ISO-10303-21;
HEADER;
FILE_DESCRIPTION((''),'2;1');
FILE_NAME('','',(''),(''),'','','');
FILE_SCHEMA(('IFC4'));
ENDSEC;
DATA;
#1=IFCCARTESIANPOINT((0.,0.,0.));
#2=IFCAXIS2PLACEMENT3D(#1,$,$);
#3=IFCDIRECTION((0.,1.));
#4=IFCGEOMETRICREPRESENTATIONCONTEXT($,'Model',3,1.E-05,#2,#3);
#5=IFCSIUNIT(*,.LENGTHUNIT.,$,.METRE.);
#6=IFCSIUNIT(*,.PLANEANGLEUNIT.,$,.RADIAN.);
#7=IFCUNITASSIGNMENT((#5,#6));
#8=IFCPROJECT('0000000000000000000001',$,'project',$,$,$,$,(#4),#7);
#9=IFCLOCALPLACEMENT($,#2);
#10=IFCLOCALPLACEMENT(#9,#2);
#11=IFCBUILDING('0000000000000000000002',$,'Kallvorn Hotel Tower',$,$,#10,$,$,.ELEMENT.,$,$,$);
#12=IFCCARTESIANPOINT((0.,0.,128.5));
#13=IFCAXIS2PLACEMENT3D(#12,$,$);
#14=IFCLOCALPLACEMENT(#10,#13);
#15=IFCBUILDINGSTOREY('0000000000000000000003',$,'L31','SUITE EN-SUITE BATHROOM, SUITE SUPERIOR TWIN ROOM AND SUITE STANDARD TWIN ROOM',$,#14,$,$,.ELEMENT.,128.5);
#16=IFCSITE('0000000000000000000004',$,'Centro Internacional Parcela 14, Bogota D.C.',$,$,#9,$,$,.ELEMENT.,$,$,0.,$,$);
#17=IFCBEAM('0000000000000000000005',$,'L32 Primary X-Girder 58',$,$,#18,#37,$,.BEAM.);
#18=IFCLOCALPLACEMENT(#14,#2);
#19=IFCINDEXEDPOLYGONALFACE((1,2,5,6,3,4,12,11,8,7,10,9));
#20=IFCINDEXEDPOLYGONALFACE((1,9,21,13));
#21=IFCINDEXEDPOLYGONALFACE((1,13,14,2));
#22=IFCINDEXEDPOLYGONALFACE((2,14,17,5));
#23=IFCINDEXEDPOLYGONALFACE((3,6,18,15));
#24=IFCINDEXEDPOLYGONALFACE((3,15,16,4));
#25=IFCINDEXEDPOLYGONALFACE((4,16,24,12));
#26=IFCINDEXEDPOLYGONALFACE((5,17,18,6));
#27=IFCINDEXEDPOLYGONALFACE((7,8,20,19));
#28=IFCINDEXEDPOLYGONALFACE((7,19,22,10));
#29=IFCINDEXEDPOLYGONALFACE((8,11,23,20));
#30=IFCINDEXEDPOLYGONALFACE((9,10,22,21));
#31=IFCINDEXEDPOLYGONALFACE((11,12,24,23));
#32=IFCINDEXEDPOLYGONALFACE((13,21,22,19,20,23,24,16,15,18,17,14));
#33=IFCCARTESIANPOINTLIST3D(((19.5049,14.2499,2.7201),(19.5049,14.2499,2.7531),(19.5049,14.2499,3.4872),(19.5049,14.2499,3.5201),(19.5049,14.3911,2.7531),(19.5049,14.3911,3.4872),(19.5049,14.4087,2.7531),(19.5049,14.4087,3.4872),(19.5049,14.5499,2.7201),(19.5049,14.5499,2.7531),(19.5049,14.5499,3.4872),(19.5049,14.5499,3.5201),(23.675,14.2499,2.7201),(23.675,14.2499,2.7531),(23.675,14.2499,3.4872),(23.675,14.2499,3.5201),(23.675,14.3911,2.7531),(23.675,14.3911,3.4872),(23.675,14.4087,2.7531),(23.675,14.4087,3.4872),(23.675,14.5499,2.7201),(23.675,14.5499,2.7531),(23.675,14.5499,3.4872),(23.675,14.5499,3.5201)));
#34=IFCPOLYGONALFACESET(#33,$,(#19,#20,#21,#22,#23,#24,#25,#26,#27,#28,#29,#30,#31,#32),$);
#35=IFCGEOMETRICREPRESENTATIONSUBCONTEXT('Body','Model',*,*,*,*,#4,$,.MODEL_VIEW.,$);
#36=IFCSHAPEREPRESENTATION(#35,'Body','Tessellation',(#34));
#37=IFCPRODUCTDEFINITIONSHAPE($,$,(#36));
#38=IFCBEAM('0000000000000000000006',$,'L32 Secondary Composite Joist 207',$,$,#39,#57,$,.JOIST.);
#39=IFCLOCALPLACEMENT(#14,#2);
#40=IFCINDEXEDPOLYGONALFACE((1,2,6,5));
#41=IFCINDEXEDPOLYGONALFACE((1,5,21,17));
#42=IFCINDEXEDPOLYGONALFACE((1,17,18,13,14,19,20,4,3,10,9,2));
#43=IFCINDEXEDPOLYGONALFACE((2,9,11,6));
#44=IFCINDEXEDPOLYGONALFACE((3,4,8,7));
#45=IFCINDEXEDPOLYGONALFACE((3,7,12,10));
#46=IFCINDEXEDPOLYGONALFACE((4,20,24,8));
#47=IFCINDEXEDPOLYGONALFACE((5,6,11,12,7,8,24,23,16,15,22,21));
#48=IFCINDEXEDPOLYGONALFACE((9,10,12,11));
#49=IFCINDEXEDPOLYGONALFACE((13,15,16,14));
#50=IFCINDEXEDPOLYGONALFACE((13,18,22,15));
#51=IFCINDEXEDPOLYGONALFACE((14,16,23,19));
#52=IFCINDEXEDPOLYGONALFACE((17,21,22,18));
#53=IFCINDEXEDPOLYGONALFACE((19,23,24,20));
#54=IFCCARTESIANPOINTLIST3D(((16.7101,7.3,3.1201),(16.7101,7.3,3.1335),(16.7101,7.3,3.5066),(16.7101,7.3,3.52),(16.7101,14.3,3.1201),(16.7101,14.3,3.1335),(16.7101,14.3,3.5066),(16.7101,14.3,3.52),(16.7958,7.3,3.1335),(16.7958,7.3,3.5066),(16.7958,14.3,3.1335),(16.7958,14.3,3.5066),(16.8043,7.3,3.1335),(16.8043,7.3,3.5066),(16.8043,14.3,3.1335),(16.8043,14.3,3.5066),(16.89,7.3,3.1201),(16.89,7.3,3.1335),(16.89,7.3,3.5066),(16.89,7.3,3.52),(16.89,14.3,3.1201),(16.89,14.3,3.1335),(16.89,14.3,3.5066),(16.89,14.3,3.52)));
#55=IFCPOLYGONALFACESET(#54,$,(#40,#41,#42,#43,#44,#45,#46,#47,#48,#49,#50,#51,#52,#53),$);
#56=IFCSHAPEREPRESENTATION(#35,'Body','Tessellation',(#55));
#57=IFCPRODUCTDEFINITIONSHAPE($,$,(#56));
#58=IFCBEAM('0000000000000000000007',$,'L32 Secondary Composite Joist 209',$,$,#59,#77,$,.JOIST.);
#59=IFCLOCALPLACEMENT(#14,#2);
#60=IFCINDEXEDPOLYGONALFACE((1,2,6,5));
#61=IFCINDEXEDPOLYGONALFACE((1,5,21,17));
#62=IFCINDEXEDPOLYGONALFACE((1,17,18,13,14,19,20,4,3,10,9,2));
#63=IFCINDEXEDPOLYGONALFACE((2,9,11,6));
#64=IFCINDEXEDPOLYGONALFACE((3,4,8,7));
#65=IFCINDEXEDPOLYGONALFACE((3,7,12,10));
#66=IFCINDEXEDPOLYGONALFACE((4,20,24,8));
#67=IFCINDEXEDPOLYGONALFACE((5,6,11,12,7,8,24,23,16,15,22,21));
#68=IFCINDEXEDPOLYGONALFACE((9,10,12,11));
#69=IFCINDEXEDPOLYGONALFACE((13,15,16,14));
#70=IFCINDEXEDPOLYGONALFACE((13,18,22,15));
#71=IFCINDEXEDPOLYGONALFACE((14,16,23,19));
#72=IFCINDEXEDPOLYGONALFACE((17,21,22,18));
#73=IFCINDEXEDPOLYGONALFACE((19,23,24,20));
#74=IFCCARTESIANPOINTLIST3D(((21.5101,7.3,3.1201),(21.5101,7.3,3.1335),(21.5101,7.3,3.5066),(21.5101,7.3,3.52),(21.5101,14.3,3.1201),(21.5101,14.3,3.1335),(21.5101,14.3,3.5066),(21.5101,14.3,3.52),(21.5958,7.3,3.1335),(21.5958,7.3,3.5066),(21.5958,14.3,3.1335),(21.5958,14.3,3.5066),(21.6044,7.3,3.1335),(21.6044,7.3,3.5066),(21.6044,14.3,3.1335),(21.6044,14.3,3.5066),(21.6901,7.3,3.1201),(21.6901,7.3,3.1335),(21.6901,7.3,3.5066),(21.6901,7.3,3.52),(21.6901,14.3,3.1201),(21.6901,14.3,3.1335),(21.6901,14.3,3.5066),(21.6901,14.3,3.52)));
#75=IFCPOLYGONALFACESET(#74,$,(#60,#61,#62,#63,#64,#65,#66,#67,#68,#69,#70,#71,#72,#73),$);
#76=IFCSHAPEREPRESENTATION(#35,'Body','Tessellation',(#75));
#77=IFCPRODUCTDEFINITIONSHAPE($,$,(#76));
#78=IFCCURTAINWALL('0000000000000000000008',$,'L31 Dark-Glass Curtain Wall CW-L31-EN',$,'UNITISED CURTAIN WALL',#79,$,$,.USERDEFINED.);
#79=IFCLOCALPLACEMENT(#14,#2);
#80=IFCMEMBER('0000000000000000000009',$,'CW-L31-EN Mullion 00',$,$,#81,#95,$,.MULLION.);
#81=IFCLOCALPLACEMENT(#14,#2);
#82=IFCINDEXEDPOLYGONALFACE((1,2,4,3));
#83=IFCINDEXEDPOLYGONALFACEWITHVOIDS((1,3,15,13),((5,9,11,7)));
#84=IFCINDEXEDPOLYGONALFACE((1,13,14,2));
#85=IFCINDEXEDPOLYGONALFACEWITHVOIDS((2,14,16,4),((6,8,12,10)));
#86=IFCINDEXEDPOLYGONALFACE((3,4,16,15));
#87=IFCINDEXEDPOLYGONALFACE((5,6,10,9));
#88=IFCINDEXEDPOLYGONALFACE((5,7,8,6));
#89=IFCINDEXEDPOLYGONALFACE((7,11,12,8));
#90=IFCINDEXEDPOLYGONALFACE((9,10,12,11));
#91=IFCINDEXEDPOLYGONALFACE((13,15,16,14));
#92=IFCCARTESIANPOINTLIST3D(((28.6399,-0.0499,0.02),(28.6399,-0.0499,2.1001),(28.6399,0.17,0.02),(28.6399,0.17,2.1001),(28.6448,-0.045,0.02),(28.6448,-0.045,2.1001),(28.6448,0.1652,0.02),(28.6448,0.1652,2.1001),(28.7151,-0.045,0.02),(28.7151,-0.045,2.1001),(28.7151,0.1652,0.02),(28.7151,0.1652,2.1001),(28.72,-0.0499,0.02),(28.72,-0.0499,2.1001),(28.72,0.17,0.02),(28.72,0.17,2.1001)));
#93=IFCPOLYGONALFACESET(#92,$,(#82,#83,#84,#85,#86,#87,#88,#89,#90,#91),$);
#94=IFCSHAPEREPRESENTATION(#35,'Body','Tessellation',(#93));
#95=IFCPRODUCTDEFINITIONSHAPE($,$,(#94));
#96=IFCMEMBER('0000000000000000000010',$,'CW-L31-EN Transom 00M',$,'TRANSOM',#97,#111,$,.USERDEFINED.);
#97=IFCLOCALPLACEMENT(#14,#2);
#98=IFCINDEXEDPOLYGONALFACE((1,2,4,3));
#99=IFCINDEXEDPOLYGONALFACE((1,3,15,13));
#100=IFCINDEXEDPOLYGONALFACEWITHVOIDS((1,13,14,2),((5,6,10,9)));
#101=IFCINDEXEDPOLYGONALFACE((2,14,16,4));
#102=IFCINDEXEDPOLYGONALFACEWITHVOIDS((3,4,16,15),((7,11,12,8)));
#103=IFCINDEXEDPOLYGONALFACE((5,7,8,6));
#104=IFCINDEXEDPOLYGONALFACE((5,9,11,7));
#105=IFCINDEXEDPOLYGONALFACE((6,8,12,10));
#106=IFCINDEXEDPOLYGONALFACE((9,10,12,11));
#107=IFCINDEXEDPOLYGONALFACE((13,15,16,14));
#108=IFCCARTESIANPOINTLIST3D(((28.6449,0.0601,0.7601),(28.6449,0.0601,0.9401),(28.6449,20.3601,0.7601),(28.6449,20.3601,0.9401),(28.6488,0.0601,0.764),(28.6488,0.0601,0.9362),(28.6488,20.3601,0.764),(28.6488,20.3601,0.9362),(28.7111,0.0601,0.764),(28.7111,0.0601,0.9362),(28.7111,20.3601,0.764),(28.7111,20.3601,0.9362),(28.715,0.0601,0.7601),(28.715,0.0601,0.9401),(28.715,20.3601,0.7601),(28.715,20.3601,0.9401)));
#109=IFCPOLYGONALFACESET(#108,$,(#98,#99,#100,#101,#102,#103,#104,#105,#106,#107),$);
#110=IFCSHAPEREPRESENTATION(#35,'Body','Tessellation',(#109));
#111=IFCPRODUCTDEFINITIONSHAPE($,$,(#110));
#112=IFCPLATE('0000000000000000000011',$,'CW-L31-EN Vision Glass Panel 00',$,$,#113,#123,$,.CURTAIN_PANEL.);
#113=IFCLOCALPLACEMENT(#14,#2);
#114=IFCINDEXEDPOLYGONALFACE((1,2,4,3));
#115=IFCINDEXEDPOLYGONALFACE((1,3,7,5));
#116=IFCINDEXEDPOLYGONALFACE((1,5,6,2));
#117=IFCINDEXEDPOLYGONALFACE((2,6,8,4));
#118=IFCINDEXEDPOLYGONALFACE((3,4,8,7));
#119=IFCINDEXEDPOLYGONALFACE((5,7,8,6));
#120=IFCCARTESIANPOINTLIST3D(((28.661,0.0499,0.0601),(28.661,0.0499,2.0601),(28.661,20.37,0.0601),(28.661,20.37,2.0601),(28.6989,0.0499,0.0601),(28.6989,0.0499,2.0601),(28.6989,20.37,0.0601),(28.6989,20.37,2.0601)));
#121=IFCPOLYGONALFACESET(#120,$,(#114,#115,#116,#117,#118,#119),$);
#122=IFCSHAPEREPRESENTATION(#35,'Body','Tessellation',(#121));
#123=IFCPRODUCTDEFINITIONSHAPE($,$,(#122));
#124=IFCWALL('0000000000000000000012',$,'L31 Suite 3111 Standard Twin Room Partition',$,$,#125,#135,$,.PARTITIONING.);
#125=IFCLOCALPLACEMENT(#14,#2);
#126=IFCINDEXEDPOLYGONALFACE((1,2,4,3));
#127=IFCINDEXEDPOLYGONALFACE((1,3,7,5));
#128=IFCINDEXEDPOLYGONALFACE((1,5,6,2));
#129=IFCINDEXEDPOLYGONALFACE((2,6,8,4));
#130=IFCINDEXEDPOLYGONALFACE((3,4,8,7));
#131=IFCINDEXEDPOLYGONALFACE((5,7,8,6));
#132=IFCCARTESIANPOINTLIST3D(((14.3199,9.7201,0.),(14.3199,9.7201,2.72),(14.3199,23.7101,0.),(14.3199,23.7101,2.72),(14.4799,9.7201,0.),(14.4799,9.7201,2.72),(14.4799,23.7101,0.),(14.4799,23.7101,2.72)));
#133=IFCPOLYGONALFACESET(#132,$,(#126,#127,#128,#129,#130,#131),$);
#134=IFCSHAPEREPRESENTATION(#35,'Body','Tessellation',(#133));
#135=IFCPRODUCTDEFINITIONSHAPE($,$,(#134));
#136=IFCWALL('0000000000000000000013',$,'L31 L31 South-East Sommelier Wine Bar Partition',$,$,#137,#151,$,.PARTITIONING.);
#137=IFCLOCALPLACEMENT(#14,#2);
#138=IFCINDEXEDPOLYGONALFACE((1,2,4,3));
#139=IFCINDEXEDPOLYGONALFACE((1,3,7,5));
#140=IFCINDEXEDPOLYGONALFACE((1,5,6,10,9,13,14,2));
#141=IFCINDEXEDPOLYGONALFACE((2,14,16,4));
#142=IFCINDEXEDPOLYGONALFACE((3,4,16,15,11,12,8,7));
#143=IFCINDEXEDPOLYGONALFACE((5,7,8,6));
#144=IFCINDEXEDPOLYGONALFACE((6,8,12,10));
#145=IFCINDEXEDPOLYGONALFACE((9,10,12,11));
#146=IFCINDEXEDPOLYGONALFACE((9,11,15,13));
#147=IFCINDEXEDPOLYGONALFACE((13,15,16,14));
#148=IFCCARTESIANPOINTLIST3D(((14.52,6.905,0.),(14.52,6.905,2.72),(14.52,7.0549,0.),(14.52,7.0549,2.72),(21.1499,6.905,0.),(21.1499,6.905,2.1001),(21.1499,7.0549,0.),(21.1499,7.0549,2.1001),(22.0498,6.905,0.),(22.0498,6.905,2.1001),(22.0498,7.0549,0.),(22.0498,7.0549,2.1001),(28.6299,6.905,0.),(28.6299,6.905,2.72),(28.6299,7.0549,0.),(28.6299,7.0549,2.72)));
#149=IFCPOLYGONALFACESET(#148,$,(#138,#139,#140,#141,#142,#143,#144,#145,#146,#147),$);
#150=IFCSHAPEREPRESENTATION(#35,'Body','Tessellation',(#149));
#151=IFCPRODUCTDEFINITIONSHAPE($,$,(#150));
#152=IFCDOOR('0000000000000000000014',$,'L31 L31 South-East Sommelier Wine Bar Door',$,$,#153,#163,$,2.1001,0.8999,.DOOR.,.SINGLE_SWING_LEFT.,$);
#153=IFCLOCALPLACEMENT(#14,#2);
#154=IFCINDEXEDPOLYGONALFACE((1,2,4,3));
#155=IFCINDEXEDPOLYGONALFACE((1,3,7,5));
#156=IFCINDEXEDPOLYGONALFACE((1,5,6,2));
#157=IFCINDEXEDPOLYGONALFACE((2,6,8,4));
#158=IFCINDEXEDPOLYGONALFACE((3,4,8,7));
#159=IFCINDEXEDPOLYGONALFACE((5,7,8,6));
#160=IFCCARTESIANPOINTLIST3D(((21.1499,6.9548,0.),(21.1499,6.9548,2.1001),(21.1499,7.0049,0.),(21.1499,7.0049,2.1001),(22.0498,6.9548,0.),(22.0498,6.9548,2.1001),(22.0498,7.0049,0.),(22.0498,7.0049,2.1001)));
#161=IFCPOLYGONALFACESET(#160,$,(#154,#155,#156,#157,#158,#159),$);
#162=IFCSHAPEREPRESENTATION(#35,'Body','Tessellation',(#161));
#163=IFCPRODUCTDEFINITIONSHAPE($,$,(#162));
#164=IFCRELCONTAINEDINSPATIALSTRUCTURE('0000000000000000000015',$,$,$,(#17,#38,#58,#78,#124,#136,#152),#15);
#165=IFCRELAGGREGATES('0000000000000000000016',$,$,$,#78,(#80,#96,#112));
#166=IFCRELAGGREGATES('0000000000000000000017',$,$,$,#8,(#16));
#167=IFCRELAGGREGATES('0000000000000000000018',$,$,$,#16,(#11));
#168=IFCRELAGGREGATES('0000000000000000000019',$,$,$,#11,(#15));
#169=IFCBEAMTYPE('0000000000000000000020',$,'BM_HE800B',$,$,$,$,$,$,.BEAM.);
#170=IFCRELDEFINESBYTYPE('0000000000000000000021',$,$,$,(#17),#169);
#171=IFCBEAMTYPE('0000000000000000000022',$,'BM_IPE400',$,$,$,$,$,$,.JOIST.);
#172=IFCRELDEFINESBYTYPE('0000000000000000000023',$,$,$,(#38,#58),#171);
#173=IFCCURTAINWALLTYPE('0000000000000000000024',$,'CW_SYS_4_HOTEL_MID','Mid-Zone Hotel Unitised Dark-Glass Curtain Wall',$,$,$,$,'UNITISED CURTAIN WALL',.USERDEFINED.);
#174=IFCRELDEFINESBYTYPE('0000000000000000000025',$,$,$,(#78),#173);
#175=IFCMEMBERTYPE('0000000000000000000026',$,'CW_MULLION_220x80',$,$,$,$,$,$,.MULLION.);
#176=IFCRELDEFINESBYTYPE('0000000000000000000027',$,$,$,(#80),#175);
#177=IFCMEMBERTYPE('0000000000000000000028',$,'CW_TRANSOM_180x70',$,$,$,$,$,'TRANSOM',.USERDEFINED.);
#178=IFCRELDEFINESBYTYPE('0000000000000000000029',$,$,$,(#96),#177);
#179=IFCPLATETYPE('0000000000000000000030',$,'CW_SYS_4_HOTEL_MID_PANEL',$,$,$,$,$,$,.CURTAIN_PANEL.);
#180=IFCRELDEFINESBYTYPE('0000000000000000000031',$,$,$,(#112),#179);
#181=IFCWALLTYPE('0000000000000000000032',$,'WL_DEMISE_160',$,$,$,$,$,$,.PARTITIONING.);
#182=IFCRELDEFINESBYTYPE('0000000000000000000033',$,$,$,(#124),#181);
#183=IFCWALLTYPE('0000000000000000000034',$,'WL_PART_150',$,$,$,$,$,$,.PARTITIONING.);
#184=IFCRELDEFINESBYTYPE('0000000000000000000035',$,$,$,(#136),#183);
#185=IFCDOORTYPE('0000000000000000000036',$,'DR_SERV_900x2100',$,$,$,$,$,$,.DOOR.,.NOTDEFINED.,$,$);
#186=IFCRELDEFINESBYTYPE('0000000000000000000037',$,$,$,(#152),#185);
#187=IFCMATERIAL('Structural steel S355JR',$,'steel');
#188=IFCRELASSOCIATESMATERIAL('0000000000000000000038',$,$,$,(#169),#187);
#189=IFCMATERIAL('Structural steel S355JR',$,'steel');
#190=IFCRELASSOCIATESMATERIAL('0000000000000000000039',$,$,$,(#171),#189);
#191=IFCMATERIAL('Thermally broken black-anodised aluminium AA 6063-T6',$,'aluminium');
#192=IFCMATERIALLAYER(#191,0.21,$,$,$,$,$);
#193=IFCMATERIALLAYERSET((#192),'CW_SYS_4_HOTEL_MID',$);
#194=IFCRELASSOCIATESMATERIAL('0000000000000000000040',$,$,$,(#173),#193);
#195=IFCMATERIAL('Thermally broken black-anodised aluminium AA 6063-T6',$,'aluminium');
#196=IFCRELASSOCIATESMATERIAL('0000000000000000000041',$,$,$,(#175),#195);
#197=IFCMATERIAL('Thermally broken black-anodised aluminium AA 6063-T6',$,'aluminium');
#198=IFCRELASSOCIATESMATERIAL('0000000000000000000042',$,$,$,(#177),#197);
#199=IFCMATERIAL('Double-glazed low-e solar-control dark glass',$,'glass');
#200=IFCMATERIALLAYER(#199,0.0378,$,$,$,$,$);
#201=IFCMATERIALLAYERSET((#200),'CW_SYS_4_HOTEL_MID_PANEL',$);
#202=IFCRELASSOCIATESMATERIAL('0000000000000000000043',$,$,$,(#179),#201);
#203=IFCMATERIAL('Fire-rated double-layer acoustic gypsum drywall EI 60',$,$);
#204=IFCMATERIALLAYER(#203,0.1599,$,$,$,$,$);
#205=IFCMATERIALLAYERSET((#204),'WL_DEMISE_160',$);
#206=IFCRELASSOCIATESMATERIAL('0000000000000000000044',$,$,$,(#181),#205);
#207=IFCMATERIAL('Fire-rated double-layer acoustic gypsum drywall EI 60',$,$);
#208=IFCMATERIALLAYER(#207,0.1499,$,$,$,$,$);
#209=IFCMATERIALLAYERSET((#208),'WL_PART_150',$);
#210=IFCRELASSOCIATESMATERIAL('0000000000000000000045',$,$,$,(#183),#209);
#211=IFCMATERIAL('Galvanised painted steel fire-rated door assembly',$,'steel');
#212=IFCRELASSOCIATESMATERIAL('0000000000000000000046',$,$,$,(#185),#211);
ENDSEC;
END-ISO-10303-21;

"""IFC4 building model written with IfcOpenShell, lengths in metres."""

from ifc_helpers import new_model, si_unit, direction, frame, frame_2d, origin, origin_2d, place, context, subcontext, project, spatial, rectangle, hollow_rectangle, i_section, extrude, material, layer, layer_set, material_profile, profile_set, type_object, element, fill, aggregate, save


model = new_model("IFC4")

# Units and contexts
model_context = context("Model", 3, precision=1e-05, world=origin(), true_north=direction((0.0, 1.0)))
body_context = subcontext(model_context, "Body", "Model", "MODEL_VIEW")
ifc_project = project(units=[si_unit("LENGTHUNIT", "METRE"), si_unit("PLANEANGLEUNIT", "RADIAN")], contexts=[model_context])

# Site, building, storey
site_placement = place(None, origin())
site = spatial("IfcSite", under=ifc_project, at=site_placement, Name="Centro Internacional Parcela 14, Bogota D.C.", CompositionType="ELEMENT", RefElevation=0.0)
building_placement = place(site_placement, origin())
building = spatial("IfcBuilding", under=site, at=building_placement, Name="Kallvorn Hotel Tower", CompositionType="ELEMENT")
storey_placement = place(building_placement, frame((0.0, 0.0, 128.5)))
storey = spatial("IfcBuildingStorey", under=building, at=storey_placement, Name="L31", Description="SUITE EN-SUITE BATHROOM, SUITE SUPERIOR TWIN ROOM AND SUITE STANDARD TWIN ROOM", CompositionType="ELEMENT", Elevation=128.5)

# Beams
ifc_material_1 = material(Name="Structural steel S355JR", Category="steel")
ifc_material_profile_1 = material_profile(ifc_material_1, i_section(OverallWidth=0.3, OverallDepth=0.8, WebThickness=0.0176, FlangeThickness=0.033, at=origin_2d()), Name="HE 800 B")
ifc_profile_set_1 = profile_set([ifc_material_profile_1], Name="Structural steel S355JR")
beam_type_1 = type_object("IfcBeamType", Name="BM_HE800B", PredefinedType="BEAM", material=ifc_profile_set_1)
beam_1_placement = place(storey_placement, frame((19.5049, 14.3999, 3.1201), z_axis=(1.0, 0.0, 0.0), x_axis=(0.0, 1.0, 0.0)))
element("IfcBeam", 1, at=beam_1_placement, inside=storey, type_object=beam_type_1, Name="L32 Primary X-Girder 58", PredefinedType="BEAM", context=body_context, shape_type="SweptSolid", body=[
    extrude(i_section(OverallWidth=0.3, OverallDepth=0.8, WebThickness=0.0176, FlangeThickness=0.033, at=origin_2d()), origin(), (0.0, 0.0, 1.0), 4.1702),
])
ifc_material_2 = material(Name="Structural steel S355JR", Category="steel")
ifc_material_profile_2 = material_profile(ifc_material_2, i_section(OverallWidth=0.1799, OverallDepth=0.3999, WebThickness=0.0085, FlangeThickness=0.0134, at=origin_2d()), Name="IPE 400")
ifc_profile_set_2 = profile_set([ifc_material_profile_2], Name="Structural steel S355JR")
beam_type_2 = type_object("IfcBeamType", Name="BM_IPE400", PredefinedType="JOIST", material=ifc_profile_set_2)
for number, where, z_axis, x_axis, name in (
    (2, (16.8, 7.3, 3.3201), (0.0, 1.0, 0.0), (-1.0, 0.0, 0.0), "L32 Secondary Composite Joist 207"),
    (3, (21.6001, 7.3, 3.3201), (0.0, 1.0, 0.0), (-1.0, 0.0, 0.0), "L32 Secondary Composite Joist 209"),
):
    element("IfcBeam", number, at=place(storey_placement, frame(where, z_axis=z_axis, x_axis=x_axis)), inside=storey, type_object=beam_type_2, Name=name, PredefinedType="JOIST", context=body_context, shape_type="SweptSolid", body=[
        extrude(i_section(OverallWidth=0.1799, OverallDepth=0.3999, WebThickness=0.0085, FlangeThickness=0.0134, at=origin_2d()), origin(), (0.0, 0.0, 1.0), 7.0),
    ])

# Curtain wall, members, plate
ifc_material_3 = material(Name="Thermally broken black-anodised aluminium AA 6063-T6", Category="aluminium")
ifc_layer_1 = layer(ifc_material_3, 0.21)
ifc_layer_set_1 = layer_set([ifc_layer_1], Name="CW_SYS_4_HOTEL_MID")
curtain_wall_type = type_object("IfcCurtainWallType", Name="CW_SYS_4_HOTEL_MID", Description="Mid-Zone Hotel Unitised Dark-Glass Curtain Wall", ElementType="UNITISED CURTAIN WALL", PredefinedType="USERDEFINED", material=ifc_layer_set_1)
curtain_wall_placement = place(storey_placement, origin())
curtain_wall = element("IfcCurtainWall", 4, at=curtain_wall_placement, inside=storey, type_object=curtain_wall_type, Name="L31 Dark-Glass Curtain Wall CW-L31-EN", ObjectType="UNITISED CURTAIN WALL", PredefinedType="USERDEFINED")
ifc_material_4 = material(Name="Thermally broken black-anodised aluminium AA 6063-T6", Category="aluminium")
ifc_material_profile_3 = material_profile(ifc_material_4, hollow_rectangle(XDim=0.0801, YDim=0.22, WallThickness=0.0049, at=origin_2d()), Name="MUL 220x80")
ifc_profile_set_3 = profile_set([ifc_material_profile_3], Name="Thermally broken black-anodised aluminium AA 6063-T6")
member_type_1 = type_object("IfcMemberType", Name="CW_MULLION_220x80", PredefinedType="MULLION", material=ifc_profile_set_3)
member_1_placement = place(storey_placement, frame((28.6799, 0.0601, 0.02), z_axis=(0.0, 0.0, 1.0), x_axis=(1.0, 0.0, 0.0)))
member_1 = element("IfcMember", 5, at=member_1_placement, type_object=member_type_1, Name="CW-L31-EN Mullion 00", PredefinedType="MULLION", context=body_context, shape_type="SweptSolid", body=[
    extrude(hollow_rectangle(XDim=0.0801, YDim=0.22, WallThickness=0.0049, at=origin_2d()), origin(), (0.0, 0.0, 1.0), 2.0801),
])
ifc_material_5 = material(Name="Thermally broken black-anodised aluminium AA 6063-T6", Category="aluminium")
ifc_material_profile_4 = material_profile(ifc_material_5, hollow_rectangle(XDim=0.0701, YDim=0.1799, WallThickness=0.0039, at=origin_2d()), Name="TRN 180x70")
ifc_profile_set_4 = profile_set([ifc_material_profile_4], Name="Thermally broken black-anodised aluminium AA 6063-T6")
member_type_2 = type_object("IfcMemberType", Name="CW_TRANSOM_180x70", ElementType="TRANSOM", PredefinedType="USERDEFINED", material=ifc_profile_set_4)
member_2_placement = place(storey_placement, frame((28.6799, 0.0601, 0.8501), z_axis=(0.0, 1.0, 0.0), x_axis=(-1.0, 0.0, 0.0)))
member_2 = element("IfcMember", 6, at=member_2_placement, type_object=member_type_2, Name="CW-L31-EN Transom 00M", ObjectType="TRANSOM", PredefinedType="USERDEFINED", context=body_context, shape_type="SweptSolid", body=[
    extrude(hollow_rectangle(XDim=0.0701, YDim=0.1799, WallThickness=0.0039, at=origin_2d()), origin(), (0.0, 0.0, 1.0), 20.3),
])
ifc_material_6 = material(Name="Double-glazed low-e solar-control dark glass", Category="glass")
ifc_layer_2 = layer(ifc_material_6, 0.0378)
ifc_layer_set_2 = layer_set([ifc_layer_2], Name="CW_SYS_4_HOTEL_MID_PANEL")
plate_type = type_object("IfcPlateType", Name="CW_SYS_4_HOTEL_MID_PANEL", PredefinedType="CURTAIN_PANEL", material=ifc_layer_set_2)
plate_placement = place(storey_placement, frame((28.6799, 10.21, 0.0601), z_axis=(0.0, 0.0, 1.0), x_axis=(0.0, 1.0, 0.0)))
plate = element("IfcPlate", 7, at=plate_placement, type_object=plate_type, Name="CW-L31-EN Vision Glass Panel 00", PredefinedType="CURTAIN_PANEL", context=body_context, shape_type="SweptSolid", body=[
    extrude(rectangle(XDim=20.3201, YDim=0.0378, at=origin_2d()), origin(), (0.0, 0.0, 1.0), 2.0),
])
aggregate(curtain_wall, [member_1, member_2, plate])

# Wall
ifc_material_7 = material(Name="Fire-rated double-layer acoustic gypsum drywall EI 60")
ifc_layer_3 = layer(ifc_material_7, 0.1599)
ifc_layer_set_3 = layer_set([ifc_layer_3], Name="WL_DEMISE_160")
wall_type_1 = type_object("IfcWallType", Name="WL_DEMISE_160", PredefinedType="PARTITIONING", material=ifc_layer_set_3)
wall_1_placement = place(storey_placement, frame((14.3999, 9.72, 0.0), z_axis=(0.0, 0.0, 1.0), x_axis=(0.0, 1.0, 0.0)))
element("IfcWall", 8, at=wall_1_placement, inside=storey, type_object=wall_type_1, Name="L31 Suite 3111 Standard Twin Room Partition", PredefinedType="PARTITIONING", context=body_context, shape_type="SweptSolid", body=[
    extrude(rectangle(XDim=13.99, YDim=0.1599, at=frame_2d((6.9951, 0.0))), origin(), (0.0, 0.0, 1.0), 2.72),
])

# Wall, opening, door
ifc_material_8 = material(Name="Fire-rated double-layer acoustic gypsum drywall EI 60")
ifc_layer_4 = layer(ifc_material_8, 0.1499)
ifc_layer_set_4 = layer_set([ifc_layer_4], Name="WL_PART_150")
wall_type_2 = type_object("IfcWallType", Name="WL_PART_150", PredefinedType="PARTITIONING", material=ifc_layer_set_4)
wall_2_placement = place(storey_placement, frame((14.52, 6.98, 0.0), z_axis=(0.0, 0.0, 1.0), x_axis=(1.0, 0.0, 0.0)))
wall_2 = element("IfcWall", 9, at=wall_2_placement, inside=storey, type_object=wall_type_2, Name="L31 L31 South-East Sommelier Wine Bar Partition", PredefinedType="PARTITIONING", context=body_context, shape_type="SweptSolid", body=[
    extrude(rectangle(XDim=14.1099, YDim=0.1499, at=frame_2d((7.0549, 0.0))), origin(), (0.0, 0.0, 1.0), 2.72),
])
opening_placement = place(wall_2_placement, frame((6.6299, 0.0, 0.0)))
opening = element("IfcOpeningElement", 10, at=opening_placement, cuts=wall_2, PredefinedType="OPENING", context=body_context, shape_type="SweptSolid", body=[
    extrude(rectangle(XDim=0.8999, YDim=2.1001, at=frame_2d((0.45, 1.05))), frame((0.0, 0.0898, 0.0), z_axis=(0.0, -1.0, 0.0), x_axis=(1.0, 0.0, 0.0)), (0.0, 0.0, 1.0), 0.1799),
])
ifc_material_9 = material(Name="Galvanised painted steel fire-rated door assembly", Category="steel")
door_type = type_object("IfcDoorType", Name="DR_SERV_900x2100", OperationType="NOTDEFINED", PredefinedType="DOOR", material=ifc_material_9)
door_placement = place(opening_placement, origin())
door = element("IfcDoor", 11, at=door_placement, inside=storey, type_object=door_type, Name="L31 L31 South-East Sommelier Wine Bar Door", OperationType="SINGLE_SWING_LEFT", OverallHeight=2.1001, OverallWidth=0.8999, PredefinedType="DOOR", context=body_context, shape_type="SweptSolid", body=[
    extrude(rectangle(XDim=0.8999, YDim=2.1001, at=frame_2d((0.45, 1.05))), frame((0.0, 0.0249, 0.0), z_axis=(0.0, -1.0, 0.0), x_axis=(1.0, 0.0, 0.0)), (0.0, 0.0, 1.0), 0.05),
])
fill(opening, door)

save(model, "model.ifc")
